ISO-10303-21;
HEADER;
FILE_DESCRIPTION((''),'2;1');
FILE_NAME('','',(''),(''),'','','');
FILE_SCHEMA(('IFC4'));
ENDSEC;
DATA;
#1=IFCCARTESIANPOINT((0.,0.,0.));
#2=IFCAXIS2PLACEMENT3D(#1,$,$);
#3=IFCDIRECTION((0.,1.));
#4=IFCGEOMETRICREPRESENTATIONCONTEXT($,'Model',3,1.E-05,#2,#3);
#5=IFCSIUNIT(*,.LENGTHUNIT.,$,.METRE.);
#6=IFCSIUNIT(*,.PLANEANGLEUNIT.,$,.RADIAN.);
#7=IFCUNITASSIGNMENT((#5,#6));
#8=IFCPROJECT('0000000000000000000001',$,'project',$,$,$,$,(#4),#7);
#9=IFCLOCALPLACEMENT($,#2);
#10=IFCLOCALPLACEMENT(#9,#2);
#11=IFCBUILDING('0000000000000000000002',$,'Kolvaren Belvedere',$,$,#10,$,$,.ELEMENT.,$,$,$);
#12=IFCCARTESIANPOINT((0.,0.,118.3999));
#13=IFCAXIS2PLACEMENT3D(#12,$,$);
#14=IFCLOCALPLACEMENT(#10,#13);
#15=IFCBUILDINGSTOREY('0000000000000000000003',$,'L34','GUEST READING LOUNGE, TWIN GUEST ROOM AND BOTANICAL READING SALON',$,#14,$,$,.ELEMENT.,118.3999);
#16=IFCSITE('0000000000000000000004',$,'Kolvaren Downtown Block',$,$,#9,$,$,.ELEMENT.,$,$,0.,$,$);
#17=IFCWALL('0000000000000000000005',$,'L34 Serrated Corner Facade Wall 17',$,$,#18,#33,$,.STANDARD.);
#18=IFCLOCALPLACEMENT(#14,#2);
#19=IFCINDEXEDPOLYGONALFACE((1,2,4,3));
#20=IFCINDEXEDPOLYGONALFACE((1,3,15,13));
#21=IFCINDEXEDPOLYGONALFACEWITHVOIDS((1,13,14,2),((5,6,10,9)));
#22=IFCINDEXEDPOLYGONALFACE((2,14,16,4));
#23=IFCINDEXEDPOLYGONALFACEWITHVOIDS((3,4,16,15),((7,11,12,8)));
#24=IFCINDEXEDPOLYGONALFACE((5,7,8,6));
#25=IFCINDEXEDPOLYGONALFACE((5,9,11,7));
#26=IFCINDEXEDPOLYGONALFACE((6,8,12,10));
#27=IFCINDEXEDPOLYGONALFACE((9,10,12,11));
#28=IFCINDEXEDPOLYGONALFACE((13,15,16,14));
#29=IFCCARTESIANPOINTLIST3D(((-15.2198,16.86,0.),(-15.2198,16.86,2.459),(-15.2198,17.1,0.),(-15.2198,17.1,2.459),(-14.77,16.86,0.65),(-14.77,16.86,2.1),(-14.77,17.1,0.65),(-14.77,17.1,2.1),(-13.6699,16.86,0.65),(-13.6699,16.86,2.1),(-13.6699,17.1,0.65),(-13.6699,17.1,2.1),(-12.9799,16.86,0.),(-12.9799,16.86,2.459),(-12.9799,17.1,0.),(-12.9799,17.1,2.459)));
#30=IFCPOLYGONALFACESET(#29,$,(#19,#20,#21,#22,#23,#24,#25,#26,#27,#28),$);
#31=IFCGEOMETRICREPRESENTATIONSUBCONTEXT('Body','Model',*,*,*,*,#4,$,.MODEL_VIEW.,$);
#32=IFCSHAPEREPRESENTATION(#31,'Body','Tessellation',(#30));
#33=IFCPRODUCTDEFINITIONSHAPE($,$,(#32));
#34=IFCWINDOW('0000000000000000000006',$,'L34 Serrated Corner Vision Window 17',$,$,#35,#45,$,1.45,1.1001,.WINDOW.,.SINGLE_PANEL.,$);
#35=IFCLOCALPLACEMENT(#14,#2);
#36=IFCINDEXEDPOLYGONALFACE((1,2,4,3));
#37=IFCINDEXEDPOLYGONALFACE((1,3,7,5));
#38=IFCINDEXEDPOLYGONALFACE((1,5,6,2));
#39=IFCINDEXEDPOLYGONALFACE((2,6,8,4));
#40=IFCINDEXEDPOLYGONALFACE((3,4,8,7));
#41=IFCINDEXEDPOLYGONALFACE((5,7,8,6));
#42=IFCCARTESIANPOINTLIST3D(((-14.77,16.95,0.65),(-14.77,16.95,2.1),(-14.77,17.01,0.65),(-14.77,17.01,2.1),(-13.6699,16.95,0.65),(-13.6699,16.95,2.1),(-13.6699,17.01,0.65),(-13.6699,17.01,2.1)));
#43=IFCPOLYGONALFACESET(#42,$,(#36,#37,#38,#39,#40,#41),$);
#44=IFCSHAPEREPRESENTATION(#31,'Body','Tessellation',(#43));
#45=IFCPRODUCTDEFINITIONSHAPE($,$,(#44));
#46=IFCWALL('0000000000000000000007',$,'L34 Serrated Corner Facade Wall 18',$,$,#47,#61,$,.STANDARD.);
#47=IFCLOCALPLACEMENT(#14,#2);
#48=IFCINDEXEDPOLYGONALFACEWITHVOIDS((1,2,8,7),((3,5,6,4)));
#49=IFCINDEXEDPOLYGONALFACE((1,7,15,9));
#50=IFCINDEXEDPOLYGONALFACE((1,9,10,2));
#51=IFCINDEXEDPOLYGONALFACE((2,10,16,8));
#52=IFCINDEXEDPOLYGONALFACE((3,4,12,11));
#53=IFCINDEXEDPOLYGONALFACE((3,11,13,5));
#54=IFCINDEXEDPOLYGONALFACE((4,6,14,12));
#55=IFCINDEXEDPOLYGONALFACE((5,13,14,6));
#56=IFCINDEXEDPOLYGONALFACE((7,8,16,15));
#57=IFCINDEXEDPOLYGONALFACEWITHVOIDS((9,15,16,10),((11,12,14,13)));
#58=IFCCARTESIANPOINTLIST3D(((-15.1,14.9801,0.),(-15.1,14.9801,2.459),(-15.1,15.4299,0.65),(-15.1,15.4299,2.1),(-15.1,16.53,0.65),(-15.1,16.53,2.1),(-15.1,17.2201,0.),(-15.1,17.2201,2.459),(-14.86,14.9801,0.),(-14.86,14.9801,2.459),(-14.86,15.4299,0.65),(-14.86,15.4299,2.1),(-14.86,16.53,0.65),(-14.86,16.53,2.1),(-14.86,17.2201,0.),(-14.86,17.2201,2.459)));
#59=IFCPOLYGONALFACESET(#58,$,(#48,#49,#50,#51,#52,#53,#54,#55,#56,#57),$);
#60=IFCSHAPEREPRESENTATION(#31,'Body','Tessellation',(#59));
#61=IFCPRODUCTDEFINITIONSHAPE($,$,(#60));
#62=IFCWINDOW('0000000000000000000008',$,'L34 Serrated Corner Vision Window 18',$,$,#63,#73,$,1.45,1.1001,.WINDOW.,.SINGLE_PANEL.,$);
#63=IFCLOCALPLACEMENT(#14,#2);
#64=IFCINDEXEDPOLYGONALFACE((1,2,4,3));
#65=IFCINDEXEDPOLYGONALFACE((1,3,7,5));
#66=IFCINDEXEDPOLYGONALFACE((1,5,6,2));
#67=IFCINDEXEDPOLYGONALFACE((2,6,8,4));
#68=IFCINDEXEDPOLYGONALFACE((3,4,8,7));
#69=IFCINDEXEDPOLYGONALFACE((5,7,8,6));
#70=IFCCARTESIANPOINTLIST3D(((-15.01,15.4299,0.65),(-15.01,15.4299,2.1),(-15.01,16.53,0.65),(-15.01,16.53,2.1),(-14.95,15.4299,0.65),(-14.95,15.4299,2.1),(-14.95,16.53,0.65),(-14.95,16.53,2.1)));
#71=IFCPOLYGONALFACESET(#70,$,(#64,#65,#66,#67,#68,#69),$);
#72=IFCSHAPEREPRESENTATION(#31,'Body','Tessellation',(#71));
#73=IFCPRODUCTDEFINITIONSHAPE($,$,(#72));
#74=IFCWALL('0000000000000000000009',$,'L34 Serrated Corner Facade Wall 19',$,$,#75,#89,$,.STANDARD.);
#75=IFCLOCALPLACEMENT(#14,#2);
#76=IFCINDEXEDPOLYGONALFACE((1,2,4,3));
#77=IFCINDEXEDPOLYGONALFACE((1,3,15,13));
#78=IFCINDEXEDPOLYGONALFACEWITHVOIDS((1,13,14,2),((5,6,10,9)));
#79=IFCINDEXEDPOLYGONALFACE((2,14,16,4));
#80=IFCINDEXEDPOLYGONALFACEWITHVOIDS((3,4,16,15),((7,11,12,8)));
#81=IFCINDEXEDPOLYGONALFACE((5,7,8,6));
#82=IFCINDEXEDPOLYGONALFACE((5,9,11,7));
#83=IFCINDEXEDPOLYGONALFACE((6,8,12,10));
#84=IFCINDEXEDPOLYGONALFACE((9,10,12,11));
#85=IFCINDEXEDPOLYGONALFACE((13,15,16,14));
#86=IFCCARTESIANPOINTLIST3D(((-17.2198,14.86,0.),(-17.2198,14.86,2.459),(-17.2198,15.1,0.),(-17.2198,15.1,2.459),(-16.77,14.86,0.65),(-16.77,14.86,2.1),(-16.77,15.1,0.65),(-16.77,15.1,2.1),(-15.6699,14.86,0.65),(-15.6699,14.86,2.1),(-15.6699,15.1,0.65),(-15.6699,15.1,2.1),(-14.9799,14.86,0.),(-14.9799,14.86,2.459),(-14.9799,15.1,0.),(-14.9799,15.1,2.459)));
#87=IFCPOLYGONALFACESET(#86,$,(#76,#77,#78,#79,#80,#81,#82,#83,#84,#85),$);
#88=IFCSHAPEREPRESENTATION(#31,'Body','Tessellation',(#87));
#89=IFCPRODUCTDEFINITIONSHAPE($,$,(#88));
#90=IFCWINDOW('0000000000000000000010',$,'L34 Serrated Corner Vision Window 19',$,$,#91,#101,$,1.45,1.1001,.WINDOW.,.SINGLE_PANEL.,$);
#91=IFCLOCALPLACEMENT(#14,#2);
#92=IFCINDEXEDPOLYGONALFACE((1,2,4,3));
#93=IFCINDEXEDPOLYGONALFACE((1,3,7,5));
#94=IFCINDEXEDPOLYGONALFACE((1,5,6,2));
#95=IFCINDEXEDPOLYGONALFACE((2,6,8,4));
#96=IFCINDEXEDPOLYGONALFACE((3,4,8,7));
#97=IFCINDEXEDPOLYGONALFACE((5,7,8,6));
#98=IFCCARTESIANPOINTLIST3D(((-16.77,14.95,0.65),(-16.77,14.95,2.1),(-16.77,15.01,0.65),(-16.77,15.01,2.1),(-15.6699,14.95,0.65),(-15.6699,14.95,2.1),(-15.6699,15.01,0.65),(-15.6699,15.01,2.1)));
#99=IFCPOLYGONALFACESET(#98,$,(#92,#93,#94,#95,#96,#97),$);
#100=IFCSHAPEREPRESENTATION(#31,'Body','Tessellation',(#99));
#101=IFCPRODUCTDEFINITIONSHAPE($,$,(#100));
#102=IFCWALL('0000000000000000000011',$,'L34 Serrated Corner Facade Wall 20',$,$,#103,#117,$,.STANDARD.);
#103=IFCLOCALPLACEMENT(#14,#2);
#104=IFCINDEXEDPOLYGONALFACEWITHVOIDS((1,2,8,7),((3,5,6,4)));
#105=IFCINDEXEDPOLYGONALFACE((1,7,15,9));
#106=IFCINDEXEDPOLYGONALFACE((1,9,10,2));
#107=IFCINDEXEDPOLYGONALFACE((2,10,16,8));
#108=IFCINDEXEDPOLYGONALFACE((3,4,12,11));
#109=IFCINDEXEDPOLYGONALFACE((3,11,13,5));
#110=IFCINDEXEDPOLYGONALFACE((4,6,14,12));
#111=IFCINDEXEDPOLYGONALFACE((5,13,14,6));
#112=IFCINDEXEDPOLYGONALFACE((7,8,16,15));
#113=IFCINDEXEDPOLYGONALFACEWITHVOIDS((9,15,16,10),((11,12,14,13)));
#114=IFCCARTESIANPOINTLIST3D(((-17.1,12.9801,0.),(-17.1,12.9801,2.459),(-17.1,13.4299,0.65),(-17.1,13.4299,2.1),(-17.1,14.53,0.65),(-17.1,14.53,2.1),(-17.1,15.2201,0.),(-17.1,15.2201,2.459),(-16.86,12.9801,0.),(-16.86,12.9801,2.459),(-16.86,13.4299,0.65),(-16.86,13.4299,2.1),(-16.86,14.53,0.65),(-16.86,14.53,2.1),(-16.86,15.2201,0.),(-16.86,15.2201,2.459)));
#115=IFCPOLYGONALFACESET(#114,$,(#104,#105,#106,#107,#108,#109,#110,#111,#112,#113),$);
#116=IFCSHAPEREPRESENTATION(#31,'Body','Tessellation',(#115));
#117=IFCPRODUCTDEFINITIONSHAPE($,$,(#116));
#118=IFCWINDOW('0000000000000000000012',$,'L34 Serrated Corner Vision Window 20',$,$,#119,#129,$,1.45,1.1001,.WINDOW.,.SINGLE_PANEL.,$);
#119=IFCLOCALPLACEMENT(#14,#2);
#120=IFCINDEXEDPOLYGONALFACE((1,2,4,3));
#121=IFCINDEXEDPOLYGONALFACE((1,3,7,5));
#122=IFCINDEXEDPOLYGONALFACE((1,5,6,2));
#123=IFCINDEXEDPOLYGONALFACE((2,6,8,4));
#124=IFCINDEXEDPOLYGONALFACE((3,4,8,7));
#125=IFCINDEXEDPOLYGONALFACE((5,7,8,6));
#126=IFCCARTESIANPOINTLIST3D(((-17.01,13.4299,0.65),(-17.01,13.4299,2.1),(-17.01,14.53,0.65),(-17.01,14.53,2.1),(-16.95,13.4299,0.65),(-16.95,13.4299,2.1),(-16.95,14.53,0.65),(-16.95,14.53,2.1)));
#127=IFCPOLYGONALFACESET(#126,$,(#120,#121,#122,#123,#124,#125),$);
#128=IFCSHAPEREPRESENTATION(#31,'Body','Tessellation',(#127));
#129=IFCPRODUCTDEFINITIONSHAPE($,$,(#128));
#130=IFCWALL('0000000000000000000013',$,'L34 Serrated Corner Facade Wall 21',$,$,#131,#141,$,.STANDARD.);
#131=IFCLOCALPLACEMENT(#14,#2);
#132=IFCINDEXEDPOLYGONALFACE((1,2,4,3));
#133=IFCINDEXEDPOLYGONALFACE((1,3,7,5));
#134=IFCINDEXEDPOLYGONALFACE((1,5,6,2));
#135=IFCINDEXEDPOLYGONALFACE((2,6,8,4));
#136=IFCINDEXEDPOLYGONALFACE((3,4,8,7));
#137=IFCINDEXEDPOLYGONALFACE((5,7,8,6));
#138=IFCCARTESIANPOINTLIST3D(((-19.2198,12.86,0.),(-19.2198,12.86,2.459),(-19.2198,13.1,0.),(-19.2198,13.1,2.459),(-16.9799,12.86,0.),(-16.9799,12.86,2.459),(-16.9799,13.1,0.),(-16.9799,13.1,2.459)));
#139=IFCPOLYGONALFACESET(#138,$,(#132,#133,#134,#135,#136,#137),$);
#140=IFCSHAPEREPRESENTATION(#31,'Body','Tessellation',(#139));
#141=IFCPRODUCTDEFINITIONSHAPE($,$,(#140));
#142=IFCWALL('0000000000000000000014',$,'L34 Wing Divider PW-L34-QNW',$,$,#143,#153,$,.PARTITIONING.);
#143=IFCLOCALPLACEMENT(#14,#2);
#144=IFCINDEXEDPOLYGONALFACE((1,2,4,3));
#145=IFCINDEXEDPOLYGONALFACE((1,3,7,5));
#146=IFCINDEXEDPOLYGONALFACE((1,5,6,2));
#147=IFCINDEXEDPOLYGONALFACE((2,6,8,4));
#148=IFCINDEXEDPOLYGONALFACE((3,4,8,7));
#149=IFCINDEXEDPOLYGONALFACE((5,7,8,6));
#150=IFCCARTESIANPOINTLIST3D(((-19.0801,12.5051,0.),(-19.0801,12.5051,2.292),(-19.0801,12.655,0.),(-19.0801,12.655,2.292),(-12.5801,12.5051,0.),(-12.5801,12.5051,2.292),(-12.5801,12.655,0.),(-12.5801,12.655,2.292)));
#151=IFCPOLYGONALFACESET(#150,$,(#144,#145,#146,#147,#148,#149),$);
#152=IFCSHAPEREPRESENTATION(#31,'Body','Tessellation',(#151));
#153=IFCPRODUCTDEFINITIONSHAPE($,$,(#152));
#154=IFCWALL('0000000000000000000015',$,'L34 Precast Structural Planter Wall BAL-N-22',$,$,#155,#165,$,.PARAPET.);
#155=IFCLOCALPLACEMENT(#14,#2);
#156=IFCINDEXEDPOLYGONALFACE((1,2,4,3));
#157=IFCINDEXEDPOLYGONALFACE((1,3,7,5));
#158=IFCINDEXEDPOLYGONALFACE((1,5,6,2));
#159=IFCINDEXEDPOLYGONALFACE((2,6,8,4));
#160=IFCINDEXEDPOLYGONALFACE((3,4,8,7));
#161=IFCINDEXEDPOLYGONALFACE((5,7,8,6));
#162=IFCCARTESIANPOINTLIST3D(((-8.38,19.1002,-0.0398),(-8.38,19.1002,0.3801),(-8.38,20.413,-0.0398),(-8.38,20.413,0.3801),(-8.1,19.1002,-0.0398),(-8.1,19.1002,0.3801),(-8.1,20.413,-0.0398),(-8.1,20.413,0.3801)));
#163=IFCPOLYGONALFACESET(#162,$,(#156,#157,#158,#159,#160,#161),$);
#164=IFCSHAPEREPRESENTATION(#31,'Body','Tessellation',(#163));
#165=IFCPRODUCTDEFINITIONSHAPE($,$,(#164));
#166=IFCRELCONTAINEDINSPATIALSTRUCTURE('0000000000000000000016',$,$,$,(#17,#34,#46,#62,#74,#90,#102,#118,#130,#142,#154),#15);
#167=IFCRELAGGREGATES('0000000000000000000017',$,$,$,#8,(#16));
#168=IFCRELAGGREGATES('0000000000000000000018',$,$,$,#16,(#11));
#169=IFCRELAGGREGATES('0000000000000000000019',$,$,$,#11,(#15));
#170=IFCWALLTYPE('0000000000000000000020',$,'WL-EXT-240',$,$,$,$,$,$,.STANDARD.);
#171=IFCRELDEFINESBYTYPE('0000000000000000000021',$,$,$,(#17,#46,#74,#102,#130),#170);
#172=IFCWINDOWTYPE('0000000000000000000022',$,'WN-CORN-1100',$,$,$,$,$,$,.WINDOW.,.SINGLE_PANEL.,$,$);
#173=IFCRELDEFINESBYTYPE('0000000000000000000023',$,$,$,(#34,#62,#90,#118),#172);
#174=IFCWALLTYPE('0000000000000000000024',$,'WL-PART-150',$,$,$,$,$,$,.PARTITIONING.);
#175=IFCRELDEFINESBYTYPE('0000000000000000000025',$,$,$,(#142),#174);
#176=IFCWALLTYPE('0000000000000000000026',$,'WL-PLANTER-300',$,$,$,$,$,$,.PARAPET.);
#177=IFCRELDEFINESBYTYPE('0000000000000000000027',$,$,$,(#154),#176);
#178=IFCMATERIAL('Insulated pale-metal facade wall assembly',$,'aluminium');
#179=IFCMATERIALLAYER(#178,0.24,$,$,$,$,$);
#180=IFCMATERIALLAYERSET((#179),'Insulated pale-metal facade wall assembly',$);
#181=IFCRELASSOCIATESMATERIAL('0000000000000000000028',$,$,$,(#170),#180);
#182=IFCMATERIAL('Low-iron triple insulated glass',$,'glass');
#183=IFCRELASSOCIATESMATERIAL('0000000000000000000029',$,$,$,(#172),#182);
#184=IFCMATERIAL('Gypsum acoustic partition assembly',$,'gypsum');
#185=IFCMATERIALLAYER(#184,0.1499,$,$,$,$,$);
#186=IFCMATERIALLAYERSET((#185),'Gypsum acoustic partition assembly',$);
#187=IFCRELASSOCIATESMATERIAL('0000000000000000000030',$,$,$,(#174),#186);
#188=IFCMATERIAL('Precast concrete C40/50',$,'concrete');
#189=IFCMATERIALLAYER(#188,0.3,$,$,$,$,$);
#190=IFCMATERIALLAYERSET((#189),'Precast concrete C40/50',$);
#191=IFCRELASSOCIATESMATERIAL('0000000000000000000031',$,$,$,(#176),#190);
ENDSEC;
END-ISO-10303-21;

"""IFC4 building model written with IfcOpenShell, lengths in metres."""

from ifc_helpers import new_model, si_unit, direction, frame, frame_2d, origin, place, context, subcontext, project, spatial, rectangle, extrude, material, layer, layer_set, type_object, element, fill, save


model = new_model("IFC4")

# Units and contexts
model_context = context("Model", 3, precision=1e-05, world=origin(), true_north=direction((0.0, 1.0)))
body_context = subcontext(model_context, "Body", "Model", "MODEL_VIEW")
ifc_project = project(units=[si_unit("LENGTHUNIT", "METRE"), si_unit("PLANEANGLEUNIT", "RADIAN")], contexts=[model_context])

# Site, building, storey
site_placement = place(None, origin())
site = spatial("IfcSite", under=ifc_project, at=site_placement, Name="Kolvaren Downtown Block", CompositionType="ELEMENT", RefElevation=0.0)
building_placement = place(site_placement, origin())
building = spatial("IfcBuilding", under=site, at=building_placement, Name="Kolvaren Belvedere", CompositionType="ELEMENT")
storey_placement = place(building_placement, frame((0.0, 0.0, 118.3999)))
storey = spatial("IfcBuildingStorey", under=building, at=storey_placement, Name="L34", Description="GUEST READING LOUNGE, TWIN GUEST ROOM AND BOTANICAL READING SALON", CompositionType="ELEMENT", Elevation=118.3999)

# Shared definitions
ifc_material_1 = material(Name="Insulated pale-metal facade wall assembly", Category="aluminium")
ifc_layer_1 = layer(ifc_material_1, 0.24)
ifc_layer_set_1 = layer_set([ifc_layer_1], Name="Insulated pale-metal facade wall assembly")
wall_type_1 = type_object("IfcWallType", Name="WL-EXT-240", PredefinedType="STANDARD", material=ifc_layer_set_1)

# Walls, openings, windows
wall_1_placement = place(storey_placement, frame((-15.22, 16.98, 0.0), z_axis=(0.0, 0.0, 1.0), x_axis=(1.0, 0.0, 0.0)))
wall_1 = element("IfcWall", 1, at=wall_1_placement, inside=storey, type_object=wall_type_1, Name="L34 Serrated Corner Facade Wall 17", PredefinedType="STANDARD", context=body_context, shape_type="SweptSolid", body=[
    extrude(rectangle(XDim=2.24, YDim=0.24, at=frame_2d((1.1201, 0.0))), origin(), (0.0, 0.0, 1.0), 2.459),
])
opening_1_placement = place(wall_1_placement, frame((0.45, 0.0, 0.6499)))
opening_1 = element("IfcOpeningElement", 2, at=opening_1_placement, cuts=wall_1, PredefinedType="OPENING", context=body_context, shape_type="SweptSolid", body=[
    extrude(rectangle(XDim=1.1001, YDim=1.45, at=frame_2d((0.55, 0.7251))), frame((0.0, 0.1299, 0.0), z_axis=(0.0, -1.0, 0.0), x_axis=(1.0, 0.0, 0.0)), (0.0, 0.0, 1.0), 0.26),
])
ifc_material_2 = material(Name="Low-iron triple insulated glass", Category="glass")
window_type = type_object("IfcWindowType", Name="WN-CORN-1100", PartitioningType="SINGLE_PANEL", PredefinedType="WINDOW", material=ifc_material_2)
window_1_placement = place(opening_1_placement, origin())
window_1 = element("IfcWindow", 3, at=window_1_placement, inside=storey, type_object=window_type, Name="L34 Serrated Corner Vision Window 17", OverallHeight=1.45, OverallWidth=1.1001, PartitioningType="SINGLE_PANEL", PredefinedType="WINDOW", context=body_context, shape_type="SweptSolid", body=[
    extrude(rectangle(XDim=1.1001, YDim=1.45, at=frame_2d((0.55, 0.7251))), frame((0.0, 0.03, 0.0), z_axis=(0.0, -1.0, 0.0), x_axis=(1.0, 0.0, 0.0)), (0.0, 0.0, 1.0), 0.0601),
])
fill(opening_1, window_1)
wall_2_placement = place(storey_placement, frame((-14.98, 14.98, 0.0), z_axis=(0.0, 0.0, 1.0), x_axis=(0.0, 1.0, 0.0)))
wall_2 = element("IfcWall", 4, at=wall_2_placement, inside=storey, type_object=wall_type_1, Name="L34 Serrated Corner Facade Wall 18", PredefinedType="STANDARD", context=body_context, shape_type="SweptSolid", body=[
    extrude(rectangle(XDim=2.24, YDim=0.24, at=frame_2d((1.1201, 0.0))), origin(), (0.0, 0.0, 1.0), 2.459),
])
opening_2_placement = place(wall_2_placement, frame((0.45, 0.0, 0.6499)))
opening_2 = element("IfcOpeningElement", 5, at=opening_2_placement, cuts=wall_2, PredefinedType="OPENING", context=body_context, shape_type="SweptSolid", body=[
    extrude(rectangle(XDim=1.1001, YDim=1.45, at=frame_2d((0.55, 0.7251))), frame((0.0, 0.1299, 0.0), z_axis=(0.0, -1.0, 0.0), x_axis=(1.0, 0.0, 0.0)), (0.0, 0.0, 1.0), 0.26),
])
window_2_placement = place(opening_2_placement, origin())
window_2 = element("IfcWindow", 6, at=window_2_placement, inside=storey, type_object=window_type, Name="L34 Serrated Corner Vision Window 18", OverallHeight=1.45, OverallWidth=1.1001, PartitioningType="SINGLE_PANEL", PredefinedType="WINDOW", context=body_context, shape_type="SweptSolid", body=[
    extrude(rectangle(XDim=1.1001, YDim=1.45, at=frame_2d((0.55, 0.7251))), frame((0.0, 0.03, 0.0), z_axis=(0.0, -1.0, 0.0), x_axis=(1.0, 0.0, 0.0)), (0.0, 0.0, 1.0), 0.0601),
])
fill(opening_2, window_2)
wall_3_placement = place(storey_placement, frame((-17.22, 14.98, 0.0), z_axis=(0.0, 0.0, 1.0), x_axis=(1.0, 0.0, 0.0)))
wall_3 = element("IfcWall", 7, at=wall_3_placement, inside=storey, type_object=wall_type_1, Name="L34 Serrated Corner Facade Wall 19", PredefinedType="STANDARD", context=body_context, shape_type="SweptSolid", body=[
    extrude(rectangle(XDim=2.24, YDim=0.24, at=frame_2d((1.1201, 0.0))), origin(), (0.0, 0.0, 1.0), 2.459),
])
opening_3_placement = place(wall_3_placement, frame((0.45, 0.0, 0.6499)))
opening_3 = element("IfcOpeningElement", 8, at=opening_3_placement, cuts=wall_3, PredefinedType="OPENING", context=body_context, shape_type="SweptSolid", body=[
    extrude(rectangle(XDim=1.1001, YDim=1.45, at=frame_2d((0.55, 0.7251))), frame((0.0, 0.1299, 0.0), z_axis=(0.0, -1.0, 0.0), x_axis=(1.0, 0.0, 0.0)), (0.0, 0.0, 1.0), 0.26),
])
window_3_placement = place(opening_3_placement, origin())
window_3 = element("IfcWindow", 9, at=window_3_placement, inside=storey, type_object=window_type, Name="L34 Serrated Corner Vision Window 19", OverallHeight=1.45, OverallWidth=1.1001, PartitioningType="SINGLE_PANEL", PredefinedType="WINDOW", context=body_context, shape_type="SweptSolid", body=[
    extrude(rectangle(XDim=1.1001, YDim=1.45, at=frame_2d((0.55, 0.7251))), frame((0.0, 0.03, 0.0), z_axis=(0.0, -1.0, 0.0), x_axis=(1.0, 0.0, 0.0)), (0.0, 0.0, 1.0), 0.0601),
])
fill(opening_3, window_3)
wall_4_placement = place(storey_placement, frame((-16.98, 12.98, 0.0), z_axis=(0.0, 0.0, 1.0), x_axis=(0.0, 1.0, 0.0)))
wall_4 = element("IfcWall", 10, at=wall_4_placement, inside=storey, type_object=wall_type_1, Name="L34 Serrated Corner Facade Wall 20", PredefinedType="STANDARD", context=body_context, shape_type="SweptSolid", body=[
    extrude(rectangle(XDim=2.24, YDim=0.24, at=frame_2d((1.1201, 0.0))), origin(), (0.0, 0.0, 1.0), 2.459),
])
opening_4_placement = place(wall_4_placement, frame((0.45, 0.0, 0.6499)))
opening_4 = element("IfcOpeningElement", 11, at=opening_4_placement, cuts=wall_4, PredefinedType="OPENING", context=body_context, shape_type="SweptSolid", body=[
    extrude(rectangle(XDim=1.1001, YDim=1.45, at=frame_2d((0.55, 0.7251))), frame((0.0, 0.1299, 0.0), z_axis=(0.0, -1.0, 0.0), x_axis=(1.0, 0.0, 0.0)), (0.0, 0.0, 1.0), 0.26),
])
window_4_placement = place(opening_4_placement, origin())
window_4 = element("IfcWindow", 12, at=window_4_placement, inside=storey, type_object=window_type, Name="L34 Serrated Corner Vision Window 20", OverallHeight=1.45, OverallWidth=1.1001, PartitioningType="SINGLE_PANEL", PredefinedType="WINDOW", context=body_context, shape_type="SweptSolid", body=[
    extrude(rectangle(XDim=1.1001, YDim=1.45, at=frame_2d((0.55, 0.7251))), frame((0.0, 0.03, 0.0), z_axis=(0.0, -1.0, 0.0), x_axis=(1.0, 0.0, 0.0)), (0.0, 0.0, 1.0), 0.0601),
])
fill(opening_4, window_4)

# Walls
wall_5_placement = place(storey_placement, frame((-19.22, 12.98, 0.0), z_axis=(0.0, 0.0, 1.0), x_axis=(1.0, 0.0, 0.0)))
element("IfcWall", 13, at=wall_5_placement, inside=storey, type_object=wall_type_1, Name="L34 Serrated Corner Facade Wall 21", PredefinedType="STANDARD", context=body_context, shape_type="SweptSolid", body=[
    extrude(rectangle(XDim=2.24, YDim=0.24, at=frame_2d((1.1201, 0.0))), origin(), (0.0, 0.0, 1.0), 2.459),
])
ifc_material_3 = material(Name="Gypsum acoustic partition assembly", Category="gypsum")
ifc_layer_2 = layer(ifc_material_3, 0.1499)
ifc_layer_set_2 = layer_set([ifc_layer_2], Name="Gypsum acoustic partition assembly")
wall_type_2 = type_object("IfcWallType", Name="WL-PART-150", PredefinedType="PARTITIONING", material=ifc_layer_set_2)
wall_6_placement = place(storey_placement, frame((-19.0801, 12.5801, 0.0), z_axis=(0.0, 0.0, 1.0), x_axis=(1.0, 0.0, 0.0)))
element("IfcWall", 14, at=wall_6_placement, inside=storey, type_object=wall_type_2, Name="L34 Wing Divider PW-L34-QNW", PredefinedType="PARTITIONING", context=body_context, shape_type="SweptSolid", body=[
    extrude(rectangle(XDim=6.5, YDim=0.1499, at=frame_2d((3.25, 0.0))), origin(), (0.0, 0.0, 1.0), 2.292),
])
ifc_material_4 = material(Name="Precast concrete C40/50", Category="concrete")
ifc_layer_3 = layer(ifc_material_4, 0.3)
ifc_layer_set_3 = layer_set([ifc_layer_3], Name="Precast concrete C40/50")
wall_type_3 = type_object("IfcWallType", Name="WL-PLANTER-300", PredefinedType="PARAPET", material=ifc_layer_set_3)
wall_7_placement = place(storey_placement, frame((-8.24, 20.4128, -0.0398), z_axis=(0.0, 0.0, 1.0), x_axis=(0.0, -1.0, 0.0)))
element("IfcWall", 15, at=wall_7_placement, inside=storey, type_object=wall_type_3, Name="L34 Precast Structural Planter Wall BAL-N-22", PredefinedType="PARAPET", context=body_context, shape_type="SweptSolid", body=[
    extrude(rectangle(XDim=1.3127, YDim=0.28, at=frame_2d((0.6562, 0.0))), origin(), (0.0, 0.0, 1.0), 0.4199),
])

save(model, "model.ifc")
